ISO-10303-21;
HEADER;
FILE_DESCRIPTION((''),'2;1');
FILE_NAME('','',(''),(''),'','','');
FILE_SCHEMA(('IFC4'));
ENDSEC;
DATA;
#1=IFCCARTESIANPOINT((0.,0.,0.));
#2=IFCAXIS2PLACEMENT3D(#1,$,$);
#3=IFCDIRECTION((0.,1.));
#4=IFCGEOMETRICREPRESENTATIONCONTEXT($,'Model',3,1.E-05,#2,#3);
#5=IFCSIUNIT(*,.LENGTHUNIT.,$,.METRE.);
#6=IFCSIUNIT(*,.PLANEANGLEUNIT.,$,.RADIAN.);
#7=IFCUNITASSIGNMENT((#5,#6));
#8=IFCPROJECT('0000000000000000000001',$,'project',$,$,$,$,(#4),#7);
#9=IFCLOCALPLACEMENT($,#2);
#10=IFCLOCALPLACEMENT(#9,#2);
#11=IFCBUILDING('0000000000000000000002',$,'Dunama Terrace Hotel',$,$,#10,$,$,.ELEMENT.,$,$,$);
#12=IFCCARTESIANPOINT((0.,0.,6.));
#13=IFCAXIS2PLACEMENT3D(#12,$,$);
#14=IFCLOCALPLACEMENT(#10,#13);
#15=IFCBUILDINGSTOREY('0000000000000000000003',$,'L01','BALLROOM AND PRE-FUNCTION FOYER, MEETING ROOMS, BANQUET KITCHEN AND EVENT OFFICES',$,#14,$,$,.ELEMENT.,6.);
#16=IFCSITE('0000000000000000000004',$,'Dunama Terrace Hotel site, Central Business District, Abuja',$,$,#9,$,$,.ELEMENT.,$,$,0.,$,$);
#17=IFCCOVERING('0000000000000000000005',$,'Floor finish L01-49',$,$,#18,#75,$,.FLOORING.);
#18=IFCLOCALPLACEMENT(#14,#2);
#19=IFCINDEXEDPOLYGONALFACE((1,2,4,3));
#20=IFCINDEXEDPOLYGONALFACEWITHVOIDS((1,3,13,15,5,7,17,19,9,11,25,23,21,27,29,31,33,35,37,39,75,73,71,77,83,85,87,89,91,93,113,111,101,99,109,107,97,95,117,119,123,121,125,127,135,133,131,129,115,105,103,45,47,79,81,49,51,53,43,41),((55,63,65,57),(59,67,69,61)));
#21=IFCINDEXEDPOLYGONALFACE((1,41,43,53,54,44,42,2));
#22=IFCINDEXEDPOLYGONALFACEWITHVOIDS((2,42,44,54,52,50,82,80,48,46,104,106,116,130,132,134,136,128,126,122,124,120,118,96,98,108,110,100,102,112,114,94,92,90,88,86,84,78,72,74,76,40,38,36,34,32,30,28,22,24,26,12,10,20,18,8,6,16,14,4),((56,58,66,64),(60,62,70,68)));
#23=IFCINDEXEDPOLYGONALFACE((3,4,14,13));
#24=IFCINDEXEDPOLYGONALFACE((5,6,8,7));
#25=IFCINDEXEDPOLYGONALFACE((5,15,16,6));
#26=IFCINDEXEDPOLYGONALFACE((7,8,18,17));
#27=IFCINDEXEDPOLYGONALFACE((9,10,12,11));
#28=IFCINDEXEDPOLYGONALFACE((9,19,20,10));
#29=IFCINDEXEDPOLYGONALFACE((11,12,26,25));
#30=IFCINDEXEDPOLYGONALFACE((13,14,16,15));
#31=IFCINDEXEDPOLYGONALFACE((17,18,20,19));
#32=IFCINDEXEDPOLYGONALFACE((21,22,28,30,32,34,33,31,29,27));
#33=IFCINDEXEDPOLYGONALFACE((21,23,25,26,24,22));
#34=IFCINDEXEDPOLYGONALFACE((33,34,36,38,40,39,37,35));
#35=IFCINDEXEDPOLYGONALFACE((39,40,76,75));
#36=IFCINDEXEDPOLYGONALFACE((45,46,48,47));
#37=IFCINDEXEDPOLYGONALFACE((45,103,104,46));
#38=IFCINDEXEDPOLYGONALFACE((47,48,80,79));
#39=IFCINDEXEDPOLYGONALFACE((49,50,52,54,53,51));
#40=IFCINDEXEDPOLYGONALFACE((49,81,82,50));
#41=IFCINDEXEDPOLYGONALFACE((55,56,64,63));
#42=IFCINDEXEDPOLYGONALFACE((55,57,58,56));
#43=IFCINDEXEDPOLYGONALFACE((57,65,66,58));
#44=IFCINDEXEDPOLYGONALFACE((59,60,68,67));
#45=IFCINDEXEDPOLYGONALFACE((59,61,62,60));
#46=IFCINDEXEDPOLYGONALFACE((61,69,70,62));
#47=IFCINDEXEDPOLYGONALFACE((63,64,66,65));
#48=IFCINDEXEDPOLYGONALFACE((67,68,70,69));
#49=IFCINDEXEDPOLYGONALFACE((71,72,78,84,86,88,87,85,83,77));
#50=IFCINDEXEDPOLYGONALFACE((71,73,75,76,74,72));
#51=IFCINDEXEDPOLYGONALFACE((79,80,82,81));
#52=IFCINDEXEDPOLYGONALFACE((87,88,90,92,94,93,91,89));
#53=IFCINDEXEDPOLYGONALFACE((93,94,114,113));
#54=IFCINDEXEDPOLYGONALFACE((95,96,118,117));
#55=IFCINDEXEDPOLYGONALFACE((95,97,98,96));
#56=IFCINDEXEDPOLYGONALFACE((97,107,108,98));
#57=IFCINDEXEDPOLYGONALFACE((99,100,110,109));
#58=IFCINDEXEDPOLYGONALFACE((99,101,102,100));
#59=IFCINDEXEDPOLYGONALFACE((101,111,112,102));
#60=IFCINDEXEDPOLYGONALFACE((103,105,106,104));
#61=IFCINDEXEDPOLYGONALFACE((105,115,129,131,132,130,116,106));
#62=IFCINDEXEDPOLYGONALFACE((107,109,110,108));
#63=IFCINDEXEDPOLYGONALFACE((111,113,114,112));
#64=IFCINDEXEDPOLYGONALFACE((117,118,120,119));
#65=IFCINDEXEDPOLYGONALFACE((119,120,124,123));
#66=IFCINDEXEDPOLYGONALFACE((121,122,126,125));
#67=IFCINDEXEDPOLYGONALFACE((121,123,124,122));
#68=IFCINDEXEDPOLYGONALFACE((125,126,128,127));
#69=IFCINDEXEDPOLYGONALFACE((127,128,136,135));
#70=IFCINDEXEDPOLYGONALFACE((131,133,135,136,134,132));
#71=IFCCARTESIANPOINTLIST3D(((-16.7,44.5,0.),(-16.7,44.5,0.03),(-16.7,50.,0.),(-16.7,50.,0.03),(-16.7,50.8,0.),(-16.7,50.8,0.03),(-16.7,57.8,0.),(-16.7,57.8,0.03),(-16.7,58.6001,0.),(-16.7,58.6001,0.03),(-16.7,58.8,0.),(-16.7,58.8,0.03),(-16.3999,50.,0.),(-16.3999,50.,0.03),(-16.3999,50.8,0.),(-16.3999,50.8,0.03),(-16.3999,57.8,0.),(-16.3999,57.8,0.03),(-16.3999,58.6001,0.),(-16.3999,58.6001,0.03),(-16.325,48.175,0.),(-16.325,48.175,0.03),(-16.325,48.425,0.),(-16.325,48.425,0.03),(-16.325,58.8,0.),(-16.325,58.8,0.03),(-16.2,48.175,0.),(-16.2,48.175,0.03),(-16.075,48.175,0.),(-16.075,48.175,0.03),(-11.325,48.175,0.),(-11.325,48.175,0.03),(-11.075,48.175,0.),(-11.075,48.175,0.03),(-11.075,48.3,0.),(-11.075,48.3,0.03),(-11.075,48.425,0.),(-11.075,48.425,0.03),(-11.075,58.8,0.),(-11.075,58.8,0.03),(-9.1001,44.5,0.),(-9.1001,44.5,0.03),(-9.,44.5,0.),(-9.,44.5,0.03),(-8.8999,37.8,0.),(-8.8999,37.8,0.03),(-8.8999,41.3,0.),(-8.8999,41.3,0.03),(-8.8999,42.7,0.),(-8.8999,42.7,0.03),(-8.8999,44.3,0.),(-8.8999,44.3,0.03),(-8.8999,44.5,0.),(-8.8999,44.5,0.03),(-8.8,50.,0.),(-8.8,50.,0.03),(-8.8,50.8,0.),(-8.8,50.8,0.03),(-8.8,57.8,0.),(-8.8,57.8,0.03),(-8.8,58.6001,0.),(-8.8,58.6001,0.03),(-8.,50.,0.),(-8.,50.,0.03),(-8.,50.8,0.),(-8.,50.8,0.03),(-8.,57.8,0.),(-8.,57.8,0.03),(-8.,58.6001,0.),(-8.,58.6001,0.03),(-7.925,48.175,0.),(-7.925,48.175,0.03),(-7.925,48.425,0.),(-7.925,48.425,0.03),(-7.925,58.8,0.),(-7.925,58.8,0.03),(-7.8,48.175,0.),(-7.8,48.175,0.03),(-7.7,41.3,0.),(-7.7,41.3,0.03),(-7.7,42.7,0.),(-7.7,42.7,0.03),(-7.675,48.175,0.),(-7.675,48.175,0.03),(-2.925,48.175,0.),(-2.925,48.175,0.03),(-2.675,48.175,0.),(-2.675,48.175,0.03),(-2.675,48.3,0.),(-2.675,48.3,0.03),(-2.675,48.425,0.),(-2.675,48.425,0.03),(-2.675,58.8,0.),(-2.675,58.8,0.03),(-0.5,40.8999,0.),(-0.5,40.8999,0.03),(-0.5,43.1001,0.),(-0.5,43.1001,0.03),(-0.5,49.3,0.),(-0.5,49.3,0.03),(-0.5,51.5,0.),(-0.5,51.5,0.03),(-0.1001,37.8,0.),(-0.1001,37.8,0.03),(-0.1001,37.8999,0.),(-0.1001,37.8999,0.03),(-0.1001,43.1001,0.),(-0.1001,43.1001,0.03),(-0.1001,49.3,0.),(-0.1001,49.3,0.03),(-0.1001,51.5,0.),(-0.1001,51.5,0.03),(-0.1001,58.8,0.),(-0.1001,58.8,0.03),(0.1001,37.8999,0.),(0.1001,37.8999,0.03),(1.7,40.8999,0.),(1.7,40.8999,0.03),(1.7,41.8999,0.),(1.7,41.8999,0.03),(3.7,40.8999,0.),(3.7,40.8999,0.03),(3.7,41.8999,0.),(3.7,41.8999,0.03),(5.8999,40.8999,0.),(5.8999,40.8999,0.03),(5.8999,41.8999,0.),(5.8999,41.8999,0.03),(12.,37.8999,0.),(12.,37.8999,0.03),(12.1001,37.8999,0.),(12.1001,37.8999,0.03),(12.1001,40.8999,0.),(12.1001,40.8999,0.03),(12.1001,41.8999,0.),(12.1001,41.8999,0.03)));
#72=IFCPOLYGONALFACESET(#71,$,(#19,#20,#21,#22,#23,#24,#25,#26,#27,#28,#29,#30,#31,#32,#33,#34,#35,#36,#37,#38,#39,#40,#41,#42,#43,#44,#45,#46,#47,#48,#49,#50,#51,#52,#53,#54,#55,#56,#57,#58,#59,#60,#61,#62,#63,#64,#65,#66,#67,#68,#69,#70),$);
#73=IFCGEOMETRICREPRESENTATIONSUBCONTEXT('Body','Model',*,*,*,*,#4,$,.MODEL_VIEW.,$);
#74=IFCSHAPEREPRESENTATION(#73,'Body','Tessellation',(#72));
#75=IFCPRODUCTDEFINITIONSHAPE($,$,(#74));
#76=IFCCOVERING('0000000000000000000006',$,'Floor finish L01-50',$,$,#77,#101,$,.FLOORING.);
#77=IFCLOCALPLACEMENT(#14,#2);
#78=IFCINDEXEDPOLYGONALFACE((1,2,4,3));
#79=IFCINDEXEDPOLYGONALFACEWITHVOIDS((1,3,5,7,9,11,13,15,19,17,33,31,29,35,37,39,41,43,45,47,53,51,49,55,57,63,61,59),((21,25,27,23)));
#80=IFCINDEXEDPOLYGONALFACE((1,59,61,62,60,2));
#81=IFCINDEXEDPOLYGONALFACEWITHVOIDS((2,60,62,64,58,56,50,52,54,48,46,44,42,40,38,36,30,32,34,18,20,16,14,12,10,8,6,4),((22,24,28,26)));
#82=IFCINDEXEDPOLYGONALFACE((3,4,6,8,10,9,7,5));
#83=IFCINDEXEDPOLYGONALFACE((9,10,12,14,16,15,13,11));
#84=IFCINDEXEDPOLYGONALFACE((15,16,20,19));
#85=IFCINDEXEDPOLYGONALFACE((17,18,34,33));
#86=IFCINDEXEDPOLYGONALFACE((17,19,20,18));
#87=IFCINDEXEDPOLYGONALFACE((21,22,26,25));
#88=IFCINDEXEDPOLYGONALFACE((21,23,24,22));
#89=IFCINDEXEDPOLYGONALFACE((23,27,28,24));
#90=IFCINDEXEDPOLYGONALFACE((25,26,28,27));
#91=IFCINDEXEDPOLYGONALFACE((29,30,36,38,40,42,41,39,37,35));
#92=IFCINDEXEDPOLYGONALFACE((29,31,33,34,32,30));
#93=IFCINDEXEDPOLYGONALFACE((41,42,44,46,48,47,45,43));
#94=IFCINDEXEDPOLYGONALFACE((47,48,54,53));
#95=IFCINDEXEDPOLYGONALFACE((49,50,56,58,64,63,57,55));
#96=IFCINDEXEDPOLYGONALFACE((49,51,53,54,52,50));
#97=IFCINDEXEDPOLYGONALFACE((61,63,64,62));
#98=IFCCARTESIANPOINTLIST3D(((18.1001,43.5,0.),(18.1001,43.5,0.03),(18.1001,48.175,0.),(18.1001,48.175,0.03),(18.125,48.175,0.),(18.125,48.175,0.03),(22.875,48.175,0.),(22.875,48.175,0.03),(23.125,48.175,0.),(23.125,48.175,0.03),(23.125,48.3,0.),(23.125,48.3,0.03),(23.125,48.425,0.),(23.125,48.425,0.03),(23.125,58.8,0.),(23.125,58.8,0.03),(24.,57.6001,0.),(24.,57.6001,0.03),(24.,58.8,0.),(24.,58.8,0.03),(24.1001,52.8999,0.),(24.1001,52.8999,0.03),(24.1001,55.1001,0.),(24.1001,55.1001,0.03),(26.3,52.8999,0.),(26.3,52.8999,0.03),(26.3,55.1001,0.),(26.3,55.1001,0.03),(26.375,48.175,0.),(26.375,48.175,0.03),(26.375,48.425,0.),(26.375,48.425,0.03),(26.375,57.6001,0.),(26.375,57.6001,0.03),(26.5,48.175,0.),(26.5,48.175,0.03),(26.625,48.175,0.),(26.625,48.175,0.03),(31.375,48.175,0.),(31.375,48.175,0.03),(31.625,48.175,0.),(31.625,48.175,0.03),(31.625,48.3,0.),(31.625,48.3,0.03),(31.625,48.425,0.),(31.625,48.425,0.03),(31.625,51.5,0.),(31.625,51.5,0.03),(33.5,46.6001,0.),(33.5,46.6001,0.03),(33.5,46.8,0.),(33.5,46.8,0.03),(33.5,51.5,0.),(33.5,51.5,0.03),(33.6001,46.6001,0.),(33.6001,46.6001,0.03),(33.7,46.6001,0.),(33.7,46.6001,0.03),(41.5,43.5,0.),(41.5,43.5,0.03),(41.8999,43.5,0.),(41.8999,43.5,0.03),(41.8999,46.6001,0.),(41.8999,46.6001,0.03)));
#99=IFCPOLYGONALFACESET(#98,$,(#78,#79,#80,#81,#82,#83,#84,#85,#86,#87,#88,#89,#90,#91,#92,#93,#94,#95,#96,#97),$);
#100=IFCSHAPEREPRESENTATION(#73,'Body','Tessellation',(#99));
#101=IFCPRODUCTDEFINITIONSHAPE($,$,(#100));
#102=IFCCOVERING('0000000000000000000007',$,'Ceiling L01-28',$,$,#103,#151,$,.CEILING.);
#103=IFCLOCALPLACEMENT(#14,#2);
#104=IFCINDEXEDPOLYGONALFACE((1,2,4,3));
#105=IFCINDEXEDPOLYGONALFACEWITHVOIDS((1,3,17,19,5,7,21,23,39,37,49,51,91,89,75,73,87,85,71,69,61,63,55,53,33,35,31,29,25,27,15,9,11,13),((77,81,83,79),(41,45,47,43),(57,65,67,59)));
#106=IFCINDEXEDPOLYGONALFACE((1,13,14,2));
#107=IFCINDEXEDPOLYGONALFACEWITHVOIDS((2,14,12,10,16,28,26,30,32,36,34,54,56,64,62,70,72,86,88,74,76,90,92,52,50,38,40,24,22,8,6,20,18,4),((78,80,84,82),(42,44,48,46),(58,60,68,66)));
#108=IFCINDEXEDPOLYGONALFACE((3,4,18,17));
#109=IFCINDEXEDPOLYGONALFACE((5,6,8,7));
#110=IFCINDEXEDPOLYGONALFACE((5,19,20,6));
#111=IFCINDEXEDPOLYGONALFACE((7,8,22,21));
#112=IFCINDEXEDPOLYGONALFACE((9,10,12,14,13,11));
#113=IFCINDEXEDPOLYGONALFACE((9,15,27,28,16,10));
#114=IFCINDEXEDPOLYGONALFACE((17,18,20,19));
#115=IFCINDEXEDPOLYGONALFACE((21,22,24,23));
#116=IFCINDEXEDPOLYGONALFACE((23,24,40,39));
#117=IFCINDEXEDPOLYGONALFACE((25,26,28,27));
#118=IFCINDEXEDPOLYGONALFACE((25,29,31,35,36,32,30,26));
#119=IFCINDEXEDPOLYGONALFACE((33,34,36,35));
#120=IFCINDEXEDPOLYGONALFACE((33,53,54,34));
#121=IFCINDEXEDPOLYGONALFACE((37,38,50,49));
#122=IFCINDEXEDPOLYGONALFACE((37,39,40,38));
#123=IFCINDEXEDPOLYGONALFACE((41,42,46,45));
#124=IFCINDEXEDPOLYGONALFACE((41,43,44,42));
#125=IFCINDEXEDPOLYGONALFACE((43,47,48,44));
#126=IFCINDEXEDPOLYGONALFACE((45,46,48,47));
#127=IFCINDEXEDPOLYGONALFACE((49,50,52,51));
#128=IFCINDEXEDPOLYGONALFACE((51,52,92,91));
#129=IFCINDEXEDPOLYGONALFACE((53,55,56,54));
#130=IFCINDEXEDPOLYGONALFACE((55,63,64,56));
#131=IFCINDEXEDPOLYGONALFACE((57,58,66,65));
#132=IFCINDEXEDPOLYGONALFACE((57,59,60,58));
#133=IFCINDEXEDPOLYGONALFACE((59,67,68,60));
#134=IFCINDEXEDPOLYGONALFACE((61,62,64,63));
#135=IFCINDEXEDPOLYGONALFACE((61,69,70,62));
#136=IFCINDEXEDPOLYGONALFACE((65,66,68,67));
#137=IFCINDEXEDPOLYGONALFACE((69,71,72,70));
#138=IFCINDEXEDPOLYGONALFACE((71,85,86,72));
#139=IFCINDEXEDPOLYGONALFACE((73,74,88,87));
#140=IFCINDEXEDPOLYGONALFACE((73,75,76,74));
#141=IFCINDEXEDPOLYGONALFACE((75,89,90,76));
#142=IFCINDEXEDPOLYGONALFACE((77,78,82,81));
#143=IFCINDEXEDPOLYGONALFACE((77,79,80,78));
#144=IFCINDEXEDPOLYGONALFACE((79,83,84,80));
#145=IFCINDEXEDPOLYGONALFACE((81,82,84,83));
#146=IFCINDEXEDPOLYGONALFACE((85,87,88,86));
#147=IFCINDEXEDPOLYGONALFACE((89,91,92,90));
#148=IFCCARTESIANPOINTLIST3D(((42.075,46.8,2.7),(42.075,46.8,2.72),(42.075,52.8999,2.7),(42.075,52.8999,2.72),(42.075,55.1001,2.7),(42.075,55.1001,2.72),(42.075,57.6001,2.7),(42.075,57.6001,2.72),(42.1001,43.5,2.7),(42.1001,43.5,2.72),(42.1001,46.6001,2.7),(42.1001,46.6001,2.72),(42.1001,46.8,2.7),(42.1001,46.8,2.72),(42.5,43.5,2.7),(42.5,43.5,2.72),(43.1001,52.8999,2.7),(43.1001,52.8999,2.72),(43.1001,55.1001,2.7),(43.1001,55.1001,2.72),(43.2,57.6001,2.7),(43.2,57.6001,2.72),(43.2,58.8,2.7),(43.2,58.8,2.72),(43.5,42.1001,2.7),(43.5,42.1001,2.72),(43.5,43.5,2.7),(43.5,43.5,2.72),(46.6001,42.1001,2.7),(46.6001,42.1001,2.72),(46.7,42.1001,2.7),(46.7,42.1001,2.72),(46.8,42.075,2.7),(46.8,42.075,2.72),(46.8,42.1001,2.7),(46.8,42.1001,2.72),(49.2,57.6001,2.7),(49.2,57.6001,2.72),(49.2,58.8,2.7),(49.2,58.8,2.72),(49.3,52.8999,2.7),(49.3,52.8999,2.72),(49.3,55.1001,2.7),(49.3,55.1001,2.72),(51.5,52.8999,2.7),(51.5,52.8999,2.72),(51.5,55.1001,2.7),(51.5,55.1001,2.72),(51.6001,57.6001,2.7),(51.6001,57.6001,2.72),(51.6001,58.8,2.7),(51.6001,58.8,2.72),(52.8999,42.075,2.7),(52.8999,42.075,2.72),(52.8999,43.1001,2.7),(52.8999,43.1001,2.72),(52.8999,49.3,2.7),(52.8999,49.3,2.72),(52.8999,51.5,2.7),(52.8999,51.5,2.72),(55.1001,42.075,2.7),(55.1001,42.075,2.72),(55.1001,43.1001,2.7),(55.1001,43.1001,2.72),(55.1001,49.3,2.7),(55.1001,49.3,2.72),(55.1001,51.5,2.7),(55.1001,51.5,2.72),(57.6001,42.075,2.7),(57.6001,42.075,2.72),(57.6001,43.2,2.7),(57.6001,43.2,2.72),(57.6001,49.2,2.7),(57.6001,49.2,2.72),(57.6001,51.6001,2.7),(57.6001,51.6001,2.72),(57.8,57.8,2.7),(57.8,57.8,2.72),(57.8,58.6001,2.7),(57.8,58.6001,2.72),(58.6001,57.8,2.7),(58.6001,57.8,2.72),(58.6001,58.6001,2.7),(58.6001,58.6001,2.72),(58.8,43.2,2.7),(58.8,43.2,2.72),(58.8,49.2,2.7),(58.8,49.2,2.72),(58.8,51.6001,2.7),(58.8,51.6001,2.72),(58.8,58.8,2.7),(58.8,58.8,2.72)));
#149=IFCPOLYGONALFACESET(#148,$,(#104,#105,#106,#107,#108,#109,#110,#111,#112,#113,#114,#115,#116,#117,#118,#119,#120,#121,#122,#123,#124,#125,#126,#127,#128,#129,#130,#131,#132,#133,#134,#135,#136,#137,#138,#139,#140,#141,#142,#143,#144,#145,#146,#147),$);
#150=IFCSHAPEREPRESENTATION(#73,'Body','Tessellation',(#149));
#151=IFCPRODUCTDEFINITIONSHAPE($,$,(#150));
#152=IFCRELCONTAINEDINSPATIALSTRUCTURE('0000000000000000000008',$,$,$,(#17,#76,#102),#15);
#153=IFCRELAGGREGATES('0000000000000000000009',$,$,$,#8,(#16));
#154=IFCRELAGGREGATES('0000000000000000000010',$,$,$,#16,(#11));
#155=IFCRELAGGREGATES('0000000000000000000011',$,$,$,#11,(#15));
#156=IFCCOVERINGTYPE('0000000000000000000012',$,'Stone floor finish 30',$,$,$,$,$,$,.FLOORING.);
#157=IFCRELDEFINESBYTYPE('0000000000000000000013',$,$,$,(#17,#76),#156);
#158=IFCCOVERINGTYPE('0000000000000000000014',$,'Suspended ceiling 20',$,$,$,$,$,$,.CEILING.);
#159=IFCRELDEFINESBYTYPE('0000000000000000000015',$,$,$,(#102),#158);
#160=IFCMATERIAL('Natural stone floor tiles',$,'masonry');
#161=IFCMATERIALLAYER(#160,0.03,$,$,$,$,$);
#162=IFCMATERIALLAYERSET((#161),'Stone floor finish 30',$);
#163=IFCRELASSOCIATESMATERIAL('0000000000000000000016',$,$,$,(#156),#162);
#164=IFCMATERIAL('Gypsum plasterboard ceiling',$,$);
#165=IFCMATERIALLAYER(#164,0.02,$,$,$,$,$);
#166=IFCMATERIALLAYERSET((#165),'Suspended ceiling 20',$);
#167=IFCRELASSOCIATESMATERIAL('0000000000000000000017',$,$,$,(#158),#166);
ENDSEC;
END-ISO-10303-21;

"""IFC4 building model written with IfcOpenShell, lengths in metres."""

from ifc_helpers import new_model, si_unit, direction, frame, origin, place, context, subcontext, project, spatial, polyline, outline, extrude, material, layer, layer_set, type_object, element, save


model = new_model("IFC4")

# Units and contexts
model_context = context("Model", 3, precision=1e-05, world=origin(), true_north=direction((0.0, 1.0)))
body_context = subcontext(model_context, "Body", "Model", "MODEL_VIEW")
ifc_project = project(units=[si_unit("LENGTHUNIT", "METRE"), si_unit("PLANEANGLEUNIT", "RADIAN")], contexts=[model_context])

# Site, building, storey
site_placement = place(None, origin())
site = spatial("IfcSite", under=ifc_project, at=site_placement, Name="Dunama Terrace Hotel site, Central Business District, Abuja", CompositionType="ELEMENT", RefElevation=0.0)
building_placement = place(site_placement, origin())
building = spatial("IfcBuilding", under=site, at=building_placement, Name="Dunama Terrace Hotel", CompositionType="ELEMENT")
storey_placement = place(building_placement, frame((0.0, 0.0, 6.0)))
storey = spatial("IfcBuildingStorey", under=building, at=storey_placement, Name="L01", Description="BALLROOM AND PRE-FUNCTION FOYER, MEETING ROOMS, BANQUET KITCHEN AND EVENT OFFICES", CompositionType="ELEMENT", Elevation=6.0)

# Coverings
ifc_material_1 = material(Name="Natural stone floor tiles", Category="masonry")
ifc_layer_1 = layer(ifc_material_1, 0.03)
ifc_layer_set_1 = layer_set([ifc_layer_1], Name="Stone floor finish 30")
covering_type_1 = type_object("IfcCoveringType", Name="Stone floor finish 30", PredefinedType="FLOORING", material=ifc_layer_set_1)
covering_1_placement = place(storey_placement, origin())
element("IfcCovering", 1, at=covering_1_placement, inside=storey, type_object=covering_type_1, Name="Floor finish L01-49", PredefinedType="FLOORING", context=body_context, shape_type="SweptSolid", body=[
    extrude(outline(polyline([(-7.925, 58.8), (-11.075, 58.8), (-11.075, 48.425), (-11.075, 48.3), (-11.075, 48.175), (-11.325, 48.175), (-16.075, 48.175), (-16.2, 48.175), (-16.325, 48.175), (-16.325, 48.425), (-16.325, 58.8), (-16.7, 58.8), (-16.7, 58.6001), (-16.3999, 58.6001), (-16.3999, 57.8), (-16.7, 57.8), (-16.7, 50.8), (-16.3999, 50.8), (-16.3999, 50.0), (-16.7, 50.0), (-16.7, 44.5), (-9.1001, 44.5), (-9.0, 44.5), (-8.8999, 44.5), (-8.8999, 44.3), (-8.8999, 42.7), (-7.7, 42.7), (-7.7, 41.3), (-8.8999, 41.3), (-8.8999, 37.8), (-0.1001, 37.8), (-0.1001, 37.8999), (0.1001, 37.8999), (12.0, 37.8999), (12.1001, 37.8999), (12.1001, 40.8999), (12.1001, 41.8999), (5.8999, 41.8999), (5.8999, 40.8999), (3.7, 40.8999), (3.7, 41.8999), (1.7, 41.8999), (1.7, 40.8999), (-0.5, 40.8999), (-0.5, 43.1001), (-0.1001, 43.1001), (-0.1001, 49.3), (-0.5, 49.3), (-0.5, 51.5), (-0.1001, 51.5), (-0.1001, 58.8), (-2.675, 58.8), (-2.675, 48.425), (-2.675, 48.3), (-2.675, 48.175), (-2.925, 48.175), (-7.675, 48.175), (-7.8, 48.175), (-7.925, 48.175), (-7.925, 48.425), (-7.925, 58.8)]), holes=[polyline([(-8.0, 50.8), (-8.0, 50.0), (-8.8, 50.0), (-8.8, 50.8), (-8.0, 50.8)]), polyline([(-8.0, 58.6001), (-8.0, 57.8), (-8.8, 57.8), (-8.8, 58.6001), (-8.0, 58.6001)])]), origin(), (0.0, 0.0, 1.0), 0.03),
])
covering_2_placement = place(storey_placement, origin())
element("IfcCovering", 2, at=covering_2_placement, inside=storey, type_object=covering_type_1, Name="Floor finish L01-50", PredefinedType="FLOORING", context=body_context, shape_type="SweptSolid", body=[
    extrude(outline(polyline([(24.0, 58.8), (23.125, 58.8), (23.125, 48.425), (23.125, 48.3), (23.125, 48.175), (22.875, 48.175), (18.125, 48.175), (18.1001, 48.175), (18.1001, 43.5), (41.5, 43.5), (41.8999, 43.5), (41.8999, 46.6001), (33.7, 46.6001), (33.6001, 46.6001), (33.5, 46.6001), (33.5, 46.8), (33.5, 51.5), (31.625, 51.5), (31.625, 48.425), (31.625, 48.3), (31.625, 48.175), (31.375, 48.175), (26.625, 48.175), (26.5, 48.175), (26.375, 48.175), (26.375, 48.425), (26.375, 57.6001), (24.0, 57.6001), (24.0, 58.8)]), holes=[polyline([(26.3, 55.1001), (26.3, 52.8999), (24.1001, 52.8999), (24.1001, 55.1001), (26.3, 55.1001)])]), origin(), (0.0, 0.0, 1.0), 0.03),
])
ifc_material_2 = material(Name="Gypsum plasterboard ceiling")
ifc_layer_2 = layer(ifc_material_2, 0.02)
ifc_layer_set_2 = layer_set([ifc_layer_2], Name="Suspended ceiling 20")
covering_type_2 = type_object("IfcCoveringType", Name="Suspended ceiling 20", PredefinedType="CEILING", material=ifc_layer_set_2)
covering_3_placement = place(storey_placement, frame((0.0, 0.0, 2.7)))
element("IfcCovering", 3, at=covering_3_placement, inside=storey, type_object=covering_type_2, Name="Ceiling L01-28", PredefinedType="CEILING", context=body_context, shape_type="SweptSolid", body=[
    extrude(outline(polyline([(49.2, 57.6001), (49.2, 58.8), (43.2, 58.8), (43.2, 57.6001), (42.075, 57.6001), (42.075, 55.1001), (43.1001, 55.1001), (43.1001, 52.8999), (42.075, 52.8999), (42.075, 46.8), (42.1001, 46.8), (42.1001, 46.6001), (42.1001, 43.5), (42.5, 43.5), (43.5, 43.5), (43.5, 42.1001), (46.6001, 42.1001), (46.7, 42.1001), (46.8, 42.1001), (46.8, 42.075), (52.8999, 42.075), (52.8999, 43.1001), (55.1001, 43.1001), (55.1001, 42.075), (57.6001, 42.075), (57.6001, 43.2), (58.8, 43.2), (58.8, 49.2), (57.6001, 49.2), (57.6001, 51.6001), (58.8, 51.6001), (58.8, 58.8), (51.6001, 58.8), (51.6001, 57.6001), (49.2, 57.6001)]), holes=[polyline([(52.8999, 51.5), (55.1001, 51.5), (55.1001, 49.3), (52.8999, 49.3), (52.8999, 51.5)]), polyline([(49.3, 55.1001), (51.5, 55.1001), (51.5, 52.8999), (49.3, 52.8999), (49.3, 55.1001)]), polyline([(57.8, 58.6001), (58.6001, 58.6001), (58.6001, 57.8), (57.8, 57.8), (57.8, 58.6001)])]), origin(), (0.0, 0.0, 1.0), 0.02),
])

save(model, "model.ifc")
